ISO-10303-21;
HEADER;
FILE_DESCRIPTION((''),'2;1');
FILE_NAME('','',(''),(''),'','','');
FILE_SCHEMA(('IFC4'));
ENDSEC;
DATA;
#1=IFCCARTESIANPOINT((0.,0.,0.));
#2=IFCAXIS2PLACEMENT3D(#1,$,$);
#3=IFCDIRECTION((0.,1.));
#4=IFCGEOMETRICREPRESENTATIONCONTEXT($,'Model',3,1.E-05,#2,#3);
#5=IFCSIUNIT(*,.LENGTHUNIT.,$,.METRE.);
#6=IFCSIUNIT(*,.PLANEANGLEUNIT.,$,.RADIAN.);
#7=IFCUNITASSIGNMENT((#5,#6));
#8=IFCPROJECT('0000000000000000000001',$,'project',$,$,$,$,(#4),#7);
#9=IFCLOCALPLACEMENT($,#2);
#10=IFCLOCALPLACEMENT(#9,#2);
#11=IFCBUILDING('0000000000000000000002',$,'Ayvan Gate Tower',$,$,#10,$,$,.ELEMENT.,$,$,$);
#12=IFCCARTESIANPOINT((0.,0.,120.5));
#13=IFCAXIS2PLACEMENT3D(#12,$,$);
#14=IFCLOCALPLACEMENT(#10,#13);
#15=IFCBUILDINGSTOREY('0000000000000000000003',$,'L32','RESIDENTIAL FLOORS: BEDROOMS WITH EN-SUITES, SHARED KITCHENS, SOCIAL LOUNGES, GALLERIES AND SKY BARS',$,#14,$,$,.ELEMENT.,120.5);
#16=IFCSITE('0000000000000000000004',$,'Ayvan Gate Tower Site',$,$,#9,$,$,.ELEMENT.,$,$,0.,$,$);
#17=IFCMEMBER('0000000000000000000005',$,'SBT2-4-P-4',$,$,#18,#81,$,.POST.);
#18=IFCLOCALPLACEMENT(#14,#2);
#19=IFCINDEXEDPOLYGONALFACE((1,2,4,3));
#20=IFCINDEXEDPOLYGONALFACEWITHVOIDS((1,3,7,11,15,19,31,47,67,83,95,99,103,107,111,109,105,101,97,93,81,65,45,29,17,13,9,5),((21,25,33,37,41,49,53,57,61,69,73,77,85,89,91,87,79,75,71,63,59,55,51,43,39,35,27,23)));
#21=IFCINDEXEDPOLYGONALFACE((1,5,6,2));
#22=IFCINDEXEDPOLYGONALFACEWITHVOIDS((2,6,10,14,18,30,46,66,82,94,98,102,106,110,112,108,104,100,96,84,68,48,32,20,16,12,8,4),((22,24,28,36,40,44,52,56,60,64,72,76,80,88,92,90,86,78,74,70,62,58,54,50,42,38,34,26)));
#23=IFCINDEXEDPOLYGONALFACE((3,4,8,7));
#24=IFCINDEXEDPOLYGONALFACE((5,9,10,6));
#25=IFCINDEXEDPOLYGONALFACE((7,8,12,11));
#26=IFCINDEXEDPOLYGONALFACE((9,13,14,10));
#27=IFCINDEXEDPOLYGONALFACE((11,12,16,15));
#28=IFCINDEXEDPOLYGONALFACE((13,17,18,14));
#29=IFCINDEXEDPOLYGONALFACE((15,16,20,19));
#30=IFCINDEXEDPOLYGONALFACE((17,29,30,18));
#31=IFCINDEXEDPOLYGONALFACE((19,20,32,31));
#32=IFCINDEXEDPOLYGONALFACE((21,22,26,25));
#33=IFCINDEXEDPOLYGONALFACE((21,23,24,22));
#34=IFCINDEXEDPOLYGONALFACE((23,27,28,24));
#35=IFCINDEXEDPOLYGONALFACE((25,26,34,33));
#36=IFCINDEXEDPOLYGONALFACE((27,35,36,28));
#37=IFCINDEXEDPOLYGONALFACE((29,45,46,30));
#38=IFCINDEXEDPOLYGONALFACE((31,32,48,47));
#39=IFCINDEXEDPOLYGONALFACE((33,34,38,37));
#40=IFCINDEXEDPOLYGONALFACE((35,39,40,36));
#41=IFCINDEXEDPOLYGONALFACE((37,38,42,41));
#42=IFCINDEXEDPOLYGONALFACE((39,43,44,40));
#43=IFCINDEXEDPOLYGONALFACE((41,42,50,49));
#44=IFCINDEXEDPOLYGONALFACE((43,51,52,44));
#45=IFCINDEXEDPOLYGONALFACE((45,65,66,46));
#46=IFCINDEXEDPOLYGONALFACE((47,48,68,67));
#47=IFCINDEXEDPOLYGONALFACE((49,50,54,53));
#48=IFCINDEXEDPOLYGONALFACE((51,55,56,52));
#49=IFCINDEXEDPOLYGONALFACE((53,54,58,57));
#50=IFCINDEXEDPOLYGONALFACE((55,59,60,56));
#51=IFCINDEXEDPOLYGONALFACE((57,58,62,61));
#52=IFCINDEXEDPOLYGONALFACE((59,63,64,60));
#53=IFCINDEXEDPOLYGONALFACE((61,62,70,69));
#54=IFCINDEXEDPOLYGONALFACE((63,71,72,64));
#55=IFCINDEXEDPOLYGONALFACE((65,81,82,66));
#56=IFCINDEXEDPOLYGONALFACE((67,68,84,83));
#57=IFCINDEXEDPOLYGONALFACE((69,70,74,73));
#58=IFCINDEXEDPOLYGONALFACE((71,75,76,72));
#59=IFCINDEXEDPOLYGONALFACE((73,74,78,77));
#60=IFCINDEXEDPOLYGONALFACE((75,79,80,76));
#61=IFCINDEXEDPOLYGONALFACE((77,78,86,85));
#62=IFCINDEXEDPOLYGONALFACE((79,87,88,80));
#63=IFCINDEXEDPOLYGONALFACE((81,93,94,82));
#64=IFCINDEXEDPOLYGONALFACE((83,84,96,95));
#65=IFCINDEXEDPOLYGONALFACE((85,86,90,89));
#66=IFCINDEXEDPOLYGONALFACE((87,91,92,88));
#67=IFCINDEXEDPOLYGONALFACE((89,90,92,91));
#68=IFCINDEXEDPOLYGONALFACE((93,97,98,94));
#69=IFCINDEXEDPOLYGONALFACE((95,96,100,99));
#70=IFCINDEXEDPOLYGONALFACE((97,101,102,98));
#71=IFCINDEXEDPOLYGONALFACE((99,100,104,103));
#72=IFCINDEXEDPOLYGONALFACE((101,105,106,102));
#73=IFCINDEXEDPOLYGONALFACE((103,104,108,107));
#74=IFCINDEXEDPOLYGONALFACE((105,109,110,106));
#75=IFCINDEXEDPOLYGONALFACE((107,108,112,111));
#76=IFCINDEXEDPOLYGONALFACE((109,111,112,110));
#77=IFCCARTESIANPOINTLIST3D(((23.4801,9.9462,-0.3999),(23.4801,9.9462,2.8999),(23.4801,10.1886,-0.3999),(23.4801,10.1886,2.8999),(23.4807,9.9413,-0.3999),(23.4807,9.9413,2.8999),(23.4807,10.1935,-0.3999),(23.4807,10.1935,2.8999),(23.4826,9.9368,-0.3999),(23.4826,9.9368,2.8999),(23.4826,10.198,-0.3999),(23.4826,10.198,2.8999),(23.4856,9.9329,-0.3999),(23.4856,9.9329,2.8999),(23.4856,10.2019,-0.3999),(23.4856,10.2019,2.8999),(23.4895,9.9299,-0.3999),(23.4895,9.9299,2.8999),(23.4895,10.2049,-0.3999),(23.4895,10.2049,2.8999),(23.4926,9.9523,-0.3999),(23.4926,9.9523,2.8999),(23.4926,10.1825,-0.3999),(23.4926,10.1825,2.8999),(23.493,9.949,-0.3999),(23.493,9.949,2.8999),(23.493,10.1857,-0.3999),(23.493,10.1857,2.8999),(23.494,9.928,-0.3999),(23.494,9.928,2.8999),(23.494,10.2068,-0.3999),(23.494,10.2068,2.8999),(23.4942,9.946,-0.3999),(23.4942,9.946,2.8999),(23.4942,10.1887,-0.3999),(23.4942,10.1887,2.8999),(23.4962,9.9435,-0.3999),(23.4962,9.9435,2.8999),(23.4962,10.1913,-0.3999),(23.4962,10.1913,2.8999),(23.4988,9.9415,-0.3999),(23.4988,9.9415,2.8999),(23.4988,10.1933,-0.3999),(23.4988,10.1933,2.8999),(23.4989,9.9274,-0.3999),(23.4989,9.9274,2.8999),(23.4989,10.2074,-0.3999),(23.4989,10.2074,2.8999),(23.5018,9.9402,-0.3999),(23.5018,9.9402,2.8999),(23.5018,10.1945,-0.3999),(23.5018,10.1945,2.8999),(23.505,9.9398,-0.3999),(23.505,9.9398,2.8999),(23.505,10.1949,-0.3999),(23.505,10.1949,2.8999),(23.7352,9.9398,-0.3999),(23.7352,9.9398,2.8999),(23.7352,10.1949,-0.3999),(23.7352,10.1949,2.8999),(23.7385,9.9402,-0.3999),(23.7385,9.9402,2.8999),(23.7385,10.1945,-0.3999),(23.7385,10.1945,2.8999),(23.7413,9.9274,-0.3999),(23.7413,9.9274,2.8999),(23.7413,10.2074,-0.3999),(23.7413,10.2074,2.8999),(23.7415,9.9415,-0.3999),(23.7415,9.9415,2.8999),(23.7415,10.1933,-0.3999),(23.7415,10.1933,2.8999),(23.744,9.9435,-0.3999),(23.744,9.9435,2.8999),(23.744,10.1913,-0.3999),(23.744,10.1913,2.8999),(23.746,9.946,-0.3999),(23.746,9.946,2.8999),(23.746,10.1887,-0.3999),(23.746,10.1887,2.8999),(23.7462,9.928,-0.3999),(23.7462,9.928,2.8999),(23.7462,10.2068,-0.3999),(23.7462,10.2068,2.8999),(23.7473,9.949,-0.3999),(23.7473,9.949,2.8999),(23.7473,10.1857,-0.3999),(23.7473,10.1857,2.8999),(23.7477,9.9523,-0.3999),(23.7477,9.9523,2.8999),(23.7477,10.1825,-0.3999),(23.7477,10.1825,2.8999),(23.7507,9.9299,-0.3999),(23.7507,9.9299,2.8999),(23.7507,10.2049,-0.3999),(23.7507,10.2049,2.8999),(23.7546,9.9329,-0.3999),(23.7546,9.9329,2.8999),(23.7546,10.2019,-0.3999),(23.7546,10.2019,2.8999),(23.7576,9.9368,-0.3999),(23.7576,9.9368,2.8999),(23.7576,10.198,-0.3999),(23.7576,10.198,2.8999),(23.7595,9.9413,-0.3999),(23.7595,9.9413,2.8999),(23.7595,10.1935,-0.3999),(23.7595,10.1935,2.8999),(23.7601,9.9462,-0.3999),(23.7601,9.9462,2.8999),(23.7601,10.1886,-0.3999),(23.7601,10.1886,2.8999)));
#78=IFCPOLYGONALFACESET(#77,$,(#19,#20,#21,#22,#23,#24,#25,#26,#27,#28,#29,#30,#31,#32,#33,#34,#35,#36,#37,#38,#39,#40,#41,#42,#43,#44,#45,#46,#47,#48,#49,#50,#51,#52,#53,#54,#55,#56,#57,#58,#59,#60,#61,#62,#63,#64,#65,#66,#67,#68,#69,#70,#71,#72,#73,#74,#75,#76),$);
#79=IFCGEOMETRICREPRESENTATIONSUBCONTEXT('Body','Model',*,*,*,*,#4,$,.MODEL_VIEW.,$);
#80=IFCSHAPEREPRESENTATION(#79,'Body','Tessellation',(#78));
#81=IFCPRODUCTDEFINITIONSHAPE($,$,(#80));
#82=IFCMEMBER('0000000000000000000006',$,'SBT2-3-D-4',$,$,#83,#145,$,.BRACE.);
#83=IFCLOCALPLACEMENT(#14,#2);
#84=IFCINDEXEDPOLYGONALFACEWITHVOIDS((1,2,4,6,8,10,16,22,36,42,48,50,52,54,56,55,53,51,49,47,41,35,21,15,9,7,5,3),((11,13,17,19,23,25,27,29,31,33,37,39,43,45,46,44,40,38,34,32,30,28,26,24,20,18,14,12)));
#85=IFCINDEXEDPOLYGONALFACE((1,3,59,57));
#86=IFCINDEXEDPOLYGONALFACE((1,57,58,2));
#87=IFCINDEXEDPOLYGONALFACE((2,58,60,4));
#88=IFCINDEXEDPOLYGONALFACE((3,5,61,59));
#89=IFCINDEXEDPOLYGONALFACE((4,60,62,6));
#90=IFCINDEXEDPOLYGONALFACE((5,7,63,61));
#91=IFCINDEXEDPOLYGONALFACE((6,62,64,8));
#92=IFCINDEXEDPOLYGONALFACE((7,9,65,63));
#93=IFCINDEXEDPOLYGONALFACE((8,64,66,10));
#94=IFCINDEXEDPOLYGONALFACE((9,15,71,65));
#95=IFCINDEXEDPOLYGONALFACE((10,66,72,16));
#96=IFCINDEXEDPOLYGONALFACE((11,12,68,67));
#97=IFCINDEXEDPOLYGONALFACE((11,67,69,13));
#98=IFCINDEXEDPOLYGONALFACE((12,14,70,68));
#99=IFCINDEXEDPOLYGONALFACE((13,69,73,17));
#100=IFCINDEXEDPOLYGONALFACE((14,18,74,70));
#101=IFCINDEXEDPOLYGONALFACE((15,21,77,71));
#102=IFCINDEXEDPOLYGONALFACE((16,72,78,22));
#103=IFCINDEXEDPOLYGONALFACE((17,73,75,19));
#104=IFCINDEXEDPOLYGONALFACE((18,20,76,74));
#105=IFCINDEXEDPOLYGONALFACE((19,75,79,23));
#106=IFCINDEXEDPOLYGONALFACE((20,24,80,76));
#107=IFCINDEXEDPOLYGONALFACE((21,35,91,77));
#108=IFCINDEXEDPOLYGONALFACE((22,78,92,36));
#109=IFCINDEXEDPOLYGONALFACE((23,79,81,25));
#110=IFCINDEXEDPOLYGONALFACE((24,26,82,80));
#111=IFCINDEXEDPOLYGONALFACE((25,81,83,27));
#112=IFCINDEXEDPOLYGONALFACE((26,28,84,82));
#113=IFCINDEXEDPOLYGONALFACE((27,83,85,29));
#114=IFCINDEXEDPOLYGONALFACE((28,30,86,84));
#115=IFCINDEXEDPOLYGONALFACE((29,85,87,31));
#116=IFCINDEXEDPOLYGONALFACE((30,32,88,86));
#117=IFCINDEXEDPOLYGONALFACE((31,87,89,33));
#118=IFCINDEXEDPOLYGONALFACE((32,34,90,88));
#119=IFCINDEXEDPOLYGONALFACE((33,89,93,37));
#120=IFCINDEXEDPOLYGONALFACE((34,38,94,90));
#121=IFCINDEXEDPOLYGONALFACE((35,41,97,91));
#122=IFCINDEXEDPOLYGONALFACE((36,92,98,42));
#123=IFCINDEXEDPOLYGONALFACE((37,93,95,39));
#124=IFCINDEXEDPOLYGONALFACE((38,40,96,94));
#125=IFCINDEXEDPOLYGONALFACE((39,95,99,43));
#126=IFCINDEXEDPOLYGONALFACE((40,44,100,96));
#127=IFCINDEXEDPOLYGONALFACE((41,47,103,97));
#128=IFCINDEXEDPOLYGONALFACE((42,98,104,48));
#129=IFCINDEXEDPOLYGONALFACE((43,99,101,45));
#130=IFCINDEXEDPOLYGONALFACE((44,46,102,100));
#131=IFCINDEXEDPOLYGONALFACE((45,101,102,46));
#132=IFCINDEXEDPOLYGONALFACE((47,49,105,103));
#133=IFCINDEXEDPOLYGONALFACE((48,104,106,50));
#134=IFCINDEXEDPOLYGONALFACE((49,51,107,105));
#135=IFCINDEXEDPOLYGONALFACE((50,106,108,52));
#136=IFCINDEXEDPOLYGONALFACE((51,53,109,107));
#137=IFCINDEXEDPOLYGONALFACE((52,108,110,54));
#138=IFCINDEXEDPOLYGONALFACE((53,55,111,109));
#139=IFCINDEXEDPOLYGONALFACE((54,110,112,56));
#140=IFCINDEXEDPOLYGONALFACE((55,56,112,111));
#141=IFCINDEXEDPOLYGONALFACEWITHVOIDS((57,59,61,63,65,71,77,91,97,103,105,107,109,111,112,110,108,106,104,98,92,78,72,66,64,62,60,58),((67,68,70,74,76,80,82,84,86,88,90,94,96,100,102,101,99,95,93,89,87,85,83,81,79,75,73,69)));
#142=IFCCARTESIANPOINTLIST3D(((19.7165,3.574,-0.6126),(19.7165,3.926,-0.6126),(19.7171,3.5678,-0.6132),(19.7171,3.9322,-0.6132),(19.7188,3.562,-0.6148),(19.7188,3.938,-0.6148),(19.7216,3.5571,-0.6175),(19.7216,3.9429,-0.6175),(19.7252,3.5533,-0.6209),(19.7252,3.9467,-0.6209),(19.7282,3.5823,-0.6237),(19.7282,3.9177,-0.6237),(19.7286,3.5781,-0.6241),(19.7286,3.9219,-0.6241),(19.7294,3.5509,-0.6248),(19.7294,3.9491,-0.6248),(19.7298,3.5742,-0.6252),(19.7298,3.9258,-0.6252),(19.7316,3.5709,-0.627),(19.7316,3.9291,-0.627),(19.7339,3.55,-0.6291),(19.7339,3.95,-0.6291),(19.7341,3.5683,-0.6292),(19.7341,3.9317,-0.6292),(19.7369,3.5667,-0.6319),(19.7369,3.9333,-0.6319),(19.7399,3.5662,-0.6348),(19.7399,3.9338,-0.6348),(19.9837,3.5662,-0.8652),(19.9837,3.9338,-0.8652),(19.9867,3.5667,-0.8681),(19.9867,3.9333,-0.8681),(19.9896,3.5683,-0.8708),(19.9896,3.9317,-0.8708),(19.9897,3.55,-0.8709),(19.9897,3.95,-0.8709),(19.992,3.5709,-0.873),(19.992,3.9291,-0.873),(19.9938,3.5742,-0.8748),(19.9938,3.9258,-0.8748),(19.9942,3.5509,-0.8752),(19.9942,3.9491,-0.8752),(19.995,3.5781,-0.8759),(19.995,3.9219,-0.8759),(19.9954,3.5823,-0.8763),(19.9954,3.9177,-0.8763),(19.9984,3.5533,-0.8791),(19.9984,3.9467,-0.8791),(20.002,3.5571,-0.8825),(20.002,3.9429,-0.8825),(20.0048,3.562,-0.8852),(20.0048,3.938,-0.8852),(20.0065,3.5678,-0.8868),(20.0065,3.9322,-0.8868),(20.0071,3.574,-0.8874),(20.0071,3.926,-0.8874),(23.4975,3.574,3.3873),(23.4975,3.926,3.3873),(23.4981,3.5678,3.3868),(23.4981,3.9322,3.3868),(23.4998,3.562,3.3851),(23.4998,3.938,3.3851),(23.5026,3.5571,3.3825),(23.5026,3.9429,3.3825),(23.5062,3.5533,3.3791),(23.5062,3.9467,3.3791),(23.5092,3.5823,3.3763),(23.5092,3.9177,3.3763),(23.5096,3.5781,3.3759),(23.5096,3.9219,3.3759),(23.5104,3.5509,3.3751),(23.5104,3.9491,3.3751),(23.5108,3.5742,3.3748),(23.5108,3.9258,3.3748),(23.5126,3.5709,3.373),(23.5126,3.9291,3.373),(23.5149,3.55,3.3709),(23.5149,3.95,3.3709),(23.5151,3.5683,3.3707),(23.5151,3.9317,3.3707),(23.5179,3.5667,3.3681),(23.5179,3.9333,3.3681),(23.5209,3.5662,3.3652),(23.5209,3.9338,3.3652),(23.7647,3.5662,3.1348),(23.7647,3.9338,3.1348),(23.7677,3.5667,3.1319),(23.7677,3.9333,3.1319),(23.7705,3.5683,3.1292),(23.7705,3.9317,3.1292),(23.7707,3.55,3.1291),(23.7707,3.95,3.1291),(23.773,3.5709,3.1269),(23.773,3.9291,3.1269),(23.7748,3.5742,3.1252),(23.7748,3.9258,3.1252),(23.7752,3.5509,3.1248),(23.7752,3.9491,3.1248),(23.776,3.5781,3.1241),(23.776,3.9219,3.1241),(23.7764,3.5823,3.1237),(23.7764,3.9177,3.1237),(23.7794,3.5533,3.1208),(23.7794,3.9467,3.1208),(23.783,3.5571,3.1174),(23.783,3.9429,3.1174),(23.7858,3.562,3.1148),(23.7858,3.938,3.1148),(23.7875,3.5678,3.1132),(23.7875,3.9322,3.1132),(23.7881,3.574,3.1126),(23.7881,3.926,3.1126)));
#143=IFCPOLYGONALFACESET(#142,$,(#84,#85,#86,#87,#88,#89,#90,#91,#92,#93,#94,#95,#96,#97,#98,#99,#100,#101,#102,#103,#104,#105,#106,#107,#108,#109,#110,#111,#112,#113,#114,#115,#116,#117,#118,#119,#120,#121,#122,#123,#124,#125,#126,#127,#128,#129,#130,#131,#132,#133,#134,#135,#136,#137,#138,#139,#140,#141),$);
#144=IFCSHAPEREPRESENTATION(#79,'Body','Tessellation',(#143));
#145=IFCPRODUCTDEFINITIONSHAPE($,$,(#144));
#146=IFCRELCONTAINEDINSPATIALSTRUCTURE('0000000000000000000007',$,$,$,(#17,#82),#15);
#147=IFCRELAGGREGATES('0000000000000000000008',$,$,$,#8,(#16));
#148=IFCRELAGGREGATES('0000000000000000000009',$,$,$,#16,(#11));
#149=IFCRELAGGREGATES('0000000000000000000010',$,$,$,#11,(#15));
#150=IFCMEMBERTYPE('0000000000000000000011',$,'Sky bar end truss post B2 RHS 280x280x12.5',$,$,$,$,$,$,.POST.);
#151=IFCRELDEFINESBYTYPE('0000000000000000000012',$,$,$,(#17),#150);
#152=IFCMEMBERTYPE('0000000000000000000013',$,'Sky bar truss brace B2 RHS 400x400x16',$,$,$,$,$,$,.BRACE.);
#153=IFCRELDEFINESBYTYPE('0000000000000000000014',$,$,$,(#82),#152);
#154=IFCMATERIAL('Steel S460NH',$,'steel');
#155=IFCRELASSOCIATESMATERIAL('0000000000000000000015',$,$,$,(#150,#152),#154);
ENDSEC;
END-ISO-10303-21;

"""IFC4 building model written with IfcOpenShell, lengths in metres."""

from ifc_helpers import new_model, si_unit, direction, frame, origin, origin_2d, place, context, subcontext, project, spatial, hollow_rectangle, extrude, material, material_profile, profile_set, type_object, element, save


model = new_model("IFC4")

# Units and contexts
model_context = context("Model", 3, precision=1e-05, world=origin(), true_north=direction((0.0, 1.0)))
body_context = subcontext(model_context, "Body", "Model", "MODEL_VIEW")
ifc_project = project(units=[si_unit("LENGTHUNIT", "METRE"), si_unit("PLANEANGLEUNIT", "RADIAN")], contexts=[model_context])

# Site, building, storey
site_placement = place(None, origin())
site = spatial("IfcSite", under=ifc_project, at=site_placement, Name="Ayvan Gate Tower Site", CompositionType="ELEMENT", RefElevation=0.0)
building_placement = place(site_placement, origin())
building = spatial("IfcBuilding", under=site, at=building_placement, Name="Ayvan Gate Tower", CompositionType="ELEMENT")
storey_placement = place(building_placement, frame((0.0, 0.0, 120.5)))
storey = spatial("IfcBuildingStorey", under=building, at=storey_placement, Name="L32", Description="RESIDENTIAL FLOORS: BEDROOMS WITH EN-SUITES, SHARED KITCHENS, SOCIAL LOUNGES, GALLERIES AND SKY BARS", CompositionType="ELEMENT", Elevation=120.5)

# Members
ifc_material_1 = material(Name="Steel S460NH", Category="steel")
ifc_material_profile_1 = material_profile(ifc_material_1, hollow_rectangle(XDim=0.28, YDim=0.28, WallThickness=0.0125, InnerFilletRadius=0.0125, OuterFilletRadius=0.0188, at=origin_2d()), Name="RHS 280x280x12.5")
ifc_profile_set_1 = profile_set([ifc_material_profile_1], Name="Steel S460NH")
member_type_1 = type_object("IfcMemberType", Name="Sky bar end truss post B2 RHS 280x280x12.5", PredefinedType="POST", material=ifc_profile_set_1)
for number, where, z_axis, x_axis, name in (
    (1, (23.6201, 10.0674, -0.3999), (0.0, 0.0, 1.0), (1.0, 0.0, 0.0), "SBT2-4-P-4"),
):
    element("IfcMember", number, at=place(storey_placement, frame(where, z_axis=z_axis, x_axis=x_axis)), inside=storey, type_object=member_type_1, Name=name, PredefinedType="POST", context=body_context, shape_type="SweptSolid", body=[
        extrude(hollow_rectangle(XDim=0.28, YDim=0.28, WallThickness=0.0125, InnerFilletRadius=0.0125, OuterFilletRadius=0.0188, at=origin_2d()), origin(), (0.0, 0.0, 1.0), 3.2998),
    ])
ifc_material_profile_2 = material_profile(ifc_material_1, hollow_rectangle(XDim=0.3999, YDim=0.3999, WallThickness=0.0161, InnerFilletRadius=0.0161, OuterFilletRadius=0.0239, at=origin_2d()), Name="RHS 400x400x16")
ifc_profile_set_2 = profile_set([ifc_material_profile_2], Name="Steel S460NH")
member_type_2 = type_object("IfcMemberType", Name="Sky bar truss brace B2 RHS 400x400x16", PredefinedType="BRACE", material=ifc_profile_set_2)
for number, where, z_axis, x_axis, name in (
    (2, (19.8618, 3.75, -0.75), (0.686933, 0.0, 0.72672), (0.0, 1.0, 0.0), "SBT2-3-D-4"),
):
    element("IfcMember", number, at=place(storey_placement, frame(where, z_axis=z_axis, x_axis=x_axis)), inside=storey, type_object=member_type_2, Name=name, PredefinedType="BRACE", context=body_context, shape_type="SweptSolid", body=[
        extrude(hollow_rectangle(XDim=0.3999, YDim=0.3999, WallThickness=0.0161, InnerFilletRadius=0.0161, OuterFilletRadius=0.0239, at=origin_2d()), origin(), (0.0, 0.0, 1.0), 5.5042),
    ])

save(model, "model.ifc")
